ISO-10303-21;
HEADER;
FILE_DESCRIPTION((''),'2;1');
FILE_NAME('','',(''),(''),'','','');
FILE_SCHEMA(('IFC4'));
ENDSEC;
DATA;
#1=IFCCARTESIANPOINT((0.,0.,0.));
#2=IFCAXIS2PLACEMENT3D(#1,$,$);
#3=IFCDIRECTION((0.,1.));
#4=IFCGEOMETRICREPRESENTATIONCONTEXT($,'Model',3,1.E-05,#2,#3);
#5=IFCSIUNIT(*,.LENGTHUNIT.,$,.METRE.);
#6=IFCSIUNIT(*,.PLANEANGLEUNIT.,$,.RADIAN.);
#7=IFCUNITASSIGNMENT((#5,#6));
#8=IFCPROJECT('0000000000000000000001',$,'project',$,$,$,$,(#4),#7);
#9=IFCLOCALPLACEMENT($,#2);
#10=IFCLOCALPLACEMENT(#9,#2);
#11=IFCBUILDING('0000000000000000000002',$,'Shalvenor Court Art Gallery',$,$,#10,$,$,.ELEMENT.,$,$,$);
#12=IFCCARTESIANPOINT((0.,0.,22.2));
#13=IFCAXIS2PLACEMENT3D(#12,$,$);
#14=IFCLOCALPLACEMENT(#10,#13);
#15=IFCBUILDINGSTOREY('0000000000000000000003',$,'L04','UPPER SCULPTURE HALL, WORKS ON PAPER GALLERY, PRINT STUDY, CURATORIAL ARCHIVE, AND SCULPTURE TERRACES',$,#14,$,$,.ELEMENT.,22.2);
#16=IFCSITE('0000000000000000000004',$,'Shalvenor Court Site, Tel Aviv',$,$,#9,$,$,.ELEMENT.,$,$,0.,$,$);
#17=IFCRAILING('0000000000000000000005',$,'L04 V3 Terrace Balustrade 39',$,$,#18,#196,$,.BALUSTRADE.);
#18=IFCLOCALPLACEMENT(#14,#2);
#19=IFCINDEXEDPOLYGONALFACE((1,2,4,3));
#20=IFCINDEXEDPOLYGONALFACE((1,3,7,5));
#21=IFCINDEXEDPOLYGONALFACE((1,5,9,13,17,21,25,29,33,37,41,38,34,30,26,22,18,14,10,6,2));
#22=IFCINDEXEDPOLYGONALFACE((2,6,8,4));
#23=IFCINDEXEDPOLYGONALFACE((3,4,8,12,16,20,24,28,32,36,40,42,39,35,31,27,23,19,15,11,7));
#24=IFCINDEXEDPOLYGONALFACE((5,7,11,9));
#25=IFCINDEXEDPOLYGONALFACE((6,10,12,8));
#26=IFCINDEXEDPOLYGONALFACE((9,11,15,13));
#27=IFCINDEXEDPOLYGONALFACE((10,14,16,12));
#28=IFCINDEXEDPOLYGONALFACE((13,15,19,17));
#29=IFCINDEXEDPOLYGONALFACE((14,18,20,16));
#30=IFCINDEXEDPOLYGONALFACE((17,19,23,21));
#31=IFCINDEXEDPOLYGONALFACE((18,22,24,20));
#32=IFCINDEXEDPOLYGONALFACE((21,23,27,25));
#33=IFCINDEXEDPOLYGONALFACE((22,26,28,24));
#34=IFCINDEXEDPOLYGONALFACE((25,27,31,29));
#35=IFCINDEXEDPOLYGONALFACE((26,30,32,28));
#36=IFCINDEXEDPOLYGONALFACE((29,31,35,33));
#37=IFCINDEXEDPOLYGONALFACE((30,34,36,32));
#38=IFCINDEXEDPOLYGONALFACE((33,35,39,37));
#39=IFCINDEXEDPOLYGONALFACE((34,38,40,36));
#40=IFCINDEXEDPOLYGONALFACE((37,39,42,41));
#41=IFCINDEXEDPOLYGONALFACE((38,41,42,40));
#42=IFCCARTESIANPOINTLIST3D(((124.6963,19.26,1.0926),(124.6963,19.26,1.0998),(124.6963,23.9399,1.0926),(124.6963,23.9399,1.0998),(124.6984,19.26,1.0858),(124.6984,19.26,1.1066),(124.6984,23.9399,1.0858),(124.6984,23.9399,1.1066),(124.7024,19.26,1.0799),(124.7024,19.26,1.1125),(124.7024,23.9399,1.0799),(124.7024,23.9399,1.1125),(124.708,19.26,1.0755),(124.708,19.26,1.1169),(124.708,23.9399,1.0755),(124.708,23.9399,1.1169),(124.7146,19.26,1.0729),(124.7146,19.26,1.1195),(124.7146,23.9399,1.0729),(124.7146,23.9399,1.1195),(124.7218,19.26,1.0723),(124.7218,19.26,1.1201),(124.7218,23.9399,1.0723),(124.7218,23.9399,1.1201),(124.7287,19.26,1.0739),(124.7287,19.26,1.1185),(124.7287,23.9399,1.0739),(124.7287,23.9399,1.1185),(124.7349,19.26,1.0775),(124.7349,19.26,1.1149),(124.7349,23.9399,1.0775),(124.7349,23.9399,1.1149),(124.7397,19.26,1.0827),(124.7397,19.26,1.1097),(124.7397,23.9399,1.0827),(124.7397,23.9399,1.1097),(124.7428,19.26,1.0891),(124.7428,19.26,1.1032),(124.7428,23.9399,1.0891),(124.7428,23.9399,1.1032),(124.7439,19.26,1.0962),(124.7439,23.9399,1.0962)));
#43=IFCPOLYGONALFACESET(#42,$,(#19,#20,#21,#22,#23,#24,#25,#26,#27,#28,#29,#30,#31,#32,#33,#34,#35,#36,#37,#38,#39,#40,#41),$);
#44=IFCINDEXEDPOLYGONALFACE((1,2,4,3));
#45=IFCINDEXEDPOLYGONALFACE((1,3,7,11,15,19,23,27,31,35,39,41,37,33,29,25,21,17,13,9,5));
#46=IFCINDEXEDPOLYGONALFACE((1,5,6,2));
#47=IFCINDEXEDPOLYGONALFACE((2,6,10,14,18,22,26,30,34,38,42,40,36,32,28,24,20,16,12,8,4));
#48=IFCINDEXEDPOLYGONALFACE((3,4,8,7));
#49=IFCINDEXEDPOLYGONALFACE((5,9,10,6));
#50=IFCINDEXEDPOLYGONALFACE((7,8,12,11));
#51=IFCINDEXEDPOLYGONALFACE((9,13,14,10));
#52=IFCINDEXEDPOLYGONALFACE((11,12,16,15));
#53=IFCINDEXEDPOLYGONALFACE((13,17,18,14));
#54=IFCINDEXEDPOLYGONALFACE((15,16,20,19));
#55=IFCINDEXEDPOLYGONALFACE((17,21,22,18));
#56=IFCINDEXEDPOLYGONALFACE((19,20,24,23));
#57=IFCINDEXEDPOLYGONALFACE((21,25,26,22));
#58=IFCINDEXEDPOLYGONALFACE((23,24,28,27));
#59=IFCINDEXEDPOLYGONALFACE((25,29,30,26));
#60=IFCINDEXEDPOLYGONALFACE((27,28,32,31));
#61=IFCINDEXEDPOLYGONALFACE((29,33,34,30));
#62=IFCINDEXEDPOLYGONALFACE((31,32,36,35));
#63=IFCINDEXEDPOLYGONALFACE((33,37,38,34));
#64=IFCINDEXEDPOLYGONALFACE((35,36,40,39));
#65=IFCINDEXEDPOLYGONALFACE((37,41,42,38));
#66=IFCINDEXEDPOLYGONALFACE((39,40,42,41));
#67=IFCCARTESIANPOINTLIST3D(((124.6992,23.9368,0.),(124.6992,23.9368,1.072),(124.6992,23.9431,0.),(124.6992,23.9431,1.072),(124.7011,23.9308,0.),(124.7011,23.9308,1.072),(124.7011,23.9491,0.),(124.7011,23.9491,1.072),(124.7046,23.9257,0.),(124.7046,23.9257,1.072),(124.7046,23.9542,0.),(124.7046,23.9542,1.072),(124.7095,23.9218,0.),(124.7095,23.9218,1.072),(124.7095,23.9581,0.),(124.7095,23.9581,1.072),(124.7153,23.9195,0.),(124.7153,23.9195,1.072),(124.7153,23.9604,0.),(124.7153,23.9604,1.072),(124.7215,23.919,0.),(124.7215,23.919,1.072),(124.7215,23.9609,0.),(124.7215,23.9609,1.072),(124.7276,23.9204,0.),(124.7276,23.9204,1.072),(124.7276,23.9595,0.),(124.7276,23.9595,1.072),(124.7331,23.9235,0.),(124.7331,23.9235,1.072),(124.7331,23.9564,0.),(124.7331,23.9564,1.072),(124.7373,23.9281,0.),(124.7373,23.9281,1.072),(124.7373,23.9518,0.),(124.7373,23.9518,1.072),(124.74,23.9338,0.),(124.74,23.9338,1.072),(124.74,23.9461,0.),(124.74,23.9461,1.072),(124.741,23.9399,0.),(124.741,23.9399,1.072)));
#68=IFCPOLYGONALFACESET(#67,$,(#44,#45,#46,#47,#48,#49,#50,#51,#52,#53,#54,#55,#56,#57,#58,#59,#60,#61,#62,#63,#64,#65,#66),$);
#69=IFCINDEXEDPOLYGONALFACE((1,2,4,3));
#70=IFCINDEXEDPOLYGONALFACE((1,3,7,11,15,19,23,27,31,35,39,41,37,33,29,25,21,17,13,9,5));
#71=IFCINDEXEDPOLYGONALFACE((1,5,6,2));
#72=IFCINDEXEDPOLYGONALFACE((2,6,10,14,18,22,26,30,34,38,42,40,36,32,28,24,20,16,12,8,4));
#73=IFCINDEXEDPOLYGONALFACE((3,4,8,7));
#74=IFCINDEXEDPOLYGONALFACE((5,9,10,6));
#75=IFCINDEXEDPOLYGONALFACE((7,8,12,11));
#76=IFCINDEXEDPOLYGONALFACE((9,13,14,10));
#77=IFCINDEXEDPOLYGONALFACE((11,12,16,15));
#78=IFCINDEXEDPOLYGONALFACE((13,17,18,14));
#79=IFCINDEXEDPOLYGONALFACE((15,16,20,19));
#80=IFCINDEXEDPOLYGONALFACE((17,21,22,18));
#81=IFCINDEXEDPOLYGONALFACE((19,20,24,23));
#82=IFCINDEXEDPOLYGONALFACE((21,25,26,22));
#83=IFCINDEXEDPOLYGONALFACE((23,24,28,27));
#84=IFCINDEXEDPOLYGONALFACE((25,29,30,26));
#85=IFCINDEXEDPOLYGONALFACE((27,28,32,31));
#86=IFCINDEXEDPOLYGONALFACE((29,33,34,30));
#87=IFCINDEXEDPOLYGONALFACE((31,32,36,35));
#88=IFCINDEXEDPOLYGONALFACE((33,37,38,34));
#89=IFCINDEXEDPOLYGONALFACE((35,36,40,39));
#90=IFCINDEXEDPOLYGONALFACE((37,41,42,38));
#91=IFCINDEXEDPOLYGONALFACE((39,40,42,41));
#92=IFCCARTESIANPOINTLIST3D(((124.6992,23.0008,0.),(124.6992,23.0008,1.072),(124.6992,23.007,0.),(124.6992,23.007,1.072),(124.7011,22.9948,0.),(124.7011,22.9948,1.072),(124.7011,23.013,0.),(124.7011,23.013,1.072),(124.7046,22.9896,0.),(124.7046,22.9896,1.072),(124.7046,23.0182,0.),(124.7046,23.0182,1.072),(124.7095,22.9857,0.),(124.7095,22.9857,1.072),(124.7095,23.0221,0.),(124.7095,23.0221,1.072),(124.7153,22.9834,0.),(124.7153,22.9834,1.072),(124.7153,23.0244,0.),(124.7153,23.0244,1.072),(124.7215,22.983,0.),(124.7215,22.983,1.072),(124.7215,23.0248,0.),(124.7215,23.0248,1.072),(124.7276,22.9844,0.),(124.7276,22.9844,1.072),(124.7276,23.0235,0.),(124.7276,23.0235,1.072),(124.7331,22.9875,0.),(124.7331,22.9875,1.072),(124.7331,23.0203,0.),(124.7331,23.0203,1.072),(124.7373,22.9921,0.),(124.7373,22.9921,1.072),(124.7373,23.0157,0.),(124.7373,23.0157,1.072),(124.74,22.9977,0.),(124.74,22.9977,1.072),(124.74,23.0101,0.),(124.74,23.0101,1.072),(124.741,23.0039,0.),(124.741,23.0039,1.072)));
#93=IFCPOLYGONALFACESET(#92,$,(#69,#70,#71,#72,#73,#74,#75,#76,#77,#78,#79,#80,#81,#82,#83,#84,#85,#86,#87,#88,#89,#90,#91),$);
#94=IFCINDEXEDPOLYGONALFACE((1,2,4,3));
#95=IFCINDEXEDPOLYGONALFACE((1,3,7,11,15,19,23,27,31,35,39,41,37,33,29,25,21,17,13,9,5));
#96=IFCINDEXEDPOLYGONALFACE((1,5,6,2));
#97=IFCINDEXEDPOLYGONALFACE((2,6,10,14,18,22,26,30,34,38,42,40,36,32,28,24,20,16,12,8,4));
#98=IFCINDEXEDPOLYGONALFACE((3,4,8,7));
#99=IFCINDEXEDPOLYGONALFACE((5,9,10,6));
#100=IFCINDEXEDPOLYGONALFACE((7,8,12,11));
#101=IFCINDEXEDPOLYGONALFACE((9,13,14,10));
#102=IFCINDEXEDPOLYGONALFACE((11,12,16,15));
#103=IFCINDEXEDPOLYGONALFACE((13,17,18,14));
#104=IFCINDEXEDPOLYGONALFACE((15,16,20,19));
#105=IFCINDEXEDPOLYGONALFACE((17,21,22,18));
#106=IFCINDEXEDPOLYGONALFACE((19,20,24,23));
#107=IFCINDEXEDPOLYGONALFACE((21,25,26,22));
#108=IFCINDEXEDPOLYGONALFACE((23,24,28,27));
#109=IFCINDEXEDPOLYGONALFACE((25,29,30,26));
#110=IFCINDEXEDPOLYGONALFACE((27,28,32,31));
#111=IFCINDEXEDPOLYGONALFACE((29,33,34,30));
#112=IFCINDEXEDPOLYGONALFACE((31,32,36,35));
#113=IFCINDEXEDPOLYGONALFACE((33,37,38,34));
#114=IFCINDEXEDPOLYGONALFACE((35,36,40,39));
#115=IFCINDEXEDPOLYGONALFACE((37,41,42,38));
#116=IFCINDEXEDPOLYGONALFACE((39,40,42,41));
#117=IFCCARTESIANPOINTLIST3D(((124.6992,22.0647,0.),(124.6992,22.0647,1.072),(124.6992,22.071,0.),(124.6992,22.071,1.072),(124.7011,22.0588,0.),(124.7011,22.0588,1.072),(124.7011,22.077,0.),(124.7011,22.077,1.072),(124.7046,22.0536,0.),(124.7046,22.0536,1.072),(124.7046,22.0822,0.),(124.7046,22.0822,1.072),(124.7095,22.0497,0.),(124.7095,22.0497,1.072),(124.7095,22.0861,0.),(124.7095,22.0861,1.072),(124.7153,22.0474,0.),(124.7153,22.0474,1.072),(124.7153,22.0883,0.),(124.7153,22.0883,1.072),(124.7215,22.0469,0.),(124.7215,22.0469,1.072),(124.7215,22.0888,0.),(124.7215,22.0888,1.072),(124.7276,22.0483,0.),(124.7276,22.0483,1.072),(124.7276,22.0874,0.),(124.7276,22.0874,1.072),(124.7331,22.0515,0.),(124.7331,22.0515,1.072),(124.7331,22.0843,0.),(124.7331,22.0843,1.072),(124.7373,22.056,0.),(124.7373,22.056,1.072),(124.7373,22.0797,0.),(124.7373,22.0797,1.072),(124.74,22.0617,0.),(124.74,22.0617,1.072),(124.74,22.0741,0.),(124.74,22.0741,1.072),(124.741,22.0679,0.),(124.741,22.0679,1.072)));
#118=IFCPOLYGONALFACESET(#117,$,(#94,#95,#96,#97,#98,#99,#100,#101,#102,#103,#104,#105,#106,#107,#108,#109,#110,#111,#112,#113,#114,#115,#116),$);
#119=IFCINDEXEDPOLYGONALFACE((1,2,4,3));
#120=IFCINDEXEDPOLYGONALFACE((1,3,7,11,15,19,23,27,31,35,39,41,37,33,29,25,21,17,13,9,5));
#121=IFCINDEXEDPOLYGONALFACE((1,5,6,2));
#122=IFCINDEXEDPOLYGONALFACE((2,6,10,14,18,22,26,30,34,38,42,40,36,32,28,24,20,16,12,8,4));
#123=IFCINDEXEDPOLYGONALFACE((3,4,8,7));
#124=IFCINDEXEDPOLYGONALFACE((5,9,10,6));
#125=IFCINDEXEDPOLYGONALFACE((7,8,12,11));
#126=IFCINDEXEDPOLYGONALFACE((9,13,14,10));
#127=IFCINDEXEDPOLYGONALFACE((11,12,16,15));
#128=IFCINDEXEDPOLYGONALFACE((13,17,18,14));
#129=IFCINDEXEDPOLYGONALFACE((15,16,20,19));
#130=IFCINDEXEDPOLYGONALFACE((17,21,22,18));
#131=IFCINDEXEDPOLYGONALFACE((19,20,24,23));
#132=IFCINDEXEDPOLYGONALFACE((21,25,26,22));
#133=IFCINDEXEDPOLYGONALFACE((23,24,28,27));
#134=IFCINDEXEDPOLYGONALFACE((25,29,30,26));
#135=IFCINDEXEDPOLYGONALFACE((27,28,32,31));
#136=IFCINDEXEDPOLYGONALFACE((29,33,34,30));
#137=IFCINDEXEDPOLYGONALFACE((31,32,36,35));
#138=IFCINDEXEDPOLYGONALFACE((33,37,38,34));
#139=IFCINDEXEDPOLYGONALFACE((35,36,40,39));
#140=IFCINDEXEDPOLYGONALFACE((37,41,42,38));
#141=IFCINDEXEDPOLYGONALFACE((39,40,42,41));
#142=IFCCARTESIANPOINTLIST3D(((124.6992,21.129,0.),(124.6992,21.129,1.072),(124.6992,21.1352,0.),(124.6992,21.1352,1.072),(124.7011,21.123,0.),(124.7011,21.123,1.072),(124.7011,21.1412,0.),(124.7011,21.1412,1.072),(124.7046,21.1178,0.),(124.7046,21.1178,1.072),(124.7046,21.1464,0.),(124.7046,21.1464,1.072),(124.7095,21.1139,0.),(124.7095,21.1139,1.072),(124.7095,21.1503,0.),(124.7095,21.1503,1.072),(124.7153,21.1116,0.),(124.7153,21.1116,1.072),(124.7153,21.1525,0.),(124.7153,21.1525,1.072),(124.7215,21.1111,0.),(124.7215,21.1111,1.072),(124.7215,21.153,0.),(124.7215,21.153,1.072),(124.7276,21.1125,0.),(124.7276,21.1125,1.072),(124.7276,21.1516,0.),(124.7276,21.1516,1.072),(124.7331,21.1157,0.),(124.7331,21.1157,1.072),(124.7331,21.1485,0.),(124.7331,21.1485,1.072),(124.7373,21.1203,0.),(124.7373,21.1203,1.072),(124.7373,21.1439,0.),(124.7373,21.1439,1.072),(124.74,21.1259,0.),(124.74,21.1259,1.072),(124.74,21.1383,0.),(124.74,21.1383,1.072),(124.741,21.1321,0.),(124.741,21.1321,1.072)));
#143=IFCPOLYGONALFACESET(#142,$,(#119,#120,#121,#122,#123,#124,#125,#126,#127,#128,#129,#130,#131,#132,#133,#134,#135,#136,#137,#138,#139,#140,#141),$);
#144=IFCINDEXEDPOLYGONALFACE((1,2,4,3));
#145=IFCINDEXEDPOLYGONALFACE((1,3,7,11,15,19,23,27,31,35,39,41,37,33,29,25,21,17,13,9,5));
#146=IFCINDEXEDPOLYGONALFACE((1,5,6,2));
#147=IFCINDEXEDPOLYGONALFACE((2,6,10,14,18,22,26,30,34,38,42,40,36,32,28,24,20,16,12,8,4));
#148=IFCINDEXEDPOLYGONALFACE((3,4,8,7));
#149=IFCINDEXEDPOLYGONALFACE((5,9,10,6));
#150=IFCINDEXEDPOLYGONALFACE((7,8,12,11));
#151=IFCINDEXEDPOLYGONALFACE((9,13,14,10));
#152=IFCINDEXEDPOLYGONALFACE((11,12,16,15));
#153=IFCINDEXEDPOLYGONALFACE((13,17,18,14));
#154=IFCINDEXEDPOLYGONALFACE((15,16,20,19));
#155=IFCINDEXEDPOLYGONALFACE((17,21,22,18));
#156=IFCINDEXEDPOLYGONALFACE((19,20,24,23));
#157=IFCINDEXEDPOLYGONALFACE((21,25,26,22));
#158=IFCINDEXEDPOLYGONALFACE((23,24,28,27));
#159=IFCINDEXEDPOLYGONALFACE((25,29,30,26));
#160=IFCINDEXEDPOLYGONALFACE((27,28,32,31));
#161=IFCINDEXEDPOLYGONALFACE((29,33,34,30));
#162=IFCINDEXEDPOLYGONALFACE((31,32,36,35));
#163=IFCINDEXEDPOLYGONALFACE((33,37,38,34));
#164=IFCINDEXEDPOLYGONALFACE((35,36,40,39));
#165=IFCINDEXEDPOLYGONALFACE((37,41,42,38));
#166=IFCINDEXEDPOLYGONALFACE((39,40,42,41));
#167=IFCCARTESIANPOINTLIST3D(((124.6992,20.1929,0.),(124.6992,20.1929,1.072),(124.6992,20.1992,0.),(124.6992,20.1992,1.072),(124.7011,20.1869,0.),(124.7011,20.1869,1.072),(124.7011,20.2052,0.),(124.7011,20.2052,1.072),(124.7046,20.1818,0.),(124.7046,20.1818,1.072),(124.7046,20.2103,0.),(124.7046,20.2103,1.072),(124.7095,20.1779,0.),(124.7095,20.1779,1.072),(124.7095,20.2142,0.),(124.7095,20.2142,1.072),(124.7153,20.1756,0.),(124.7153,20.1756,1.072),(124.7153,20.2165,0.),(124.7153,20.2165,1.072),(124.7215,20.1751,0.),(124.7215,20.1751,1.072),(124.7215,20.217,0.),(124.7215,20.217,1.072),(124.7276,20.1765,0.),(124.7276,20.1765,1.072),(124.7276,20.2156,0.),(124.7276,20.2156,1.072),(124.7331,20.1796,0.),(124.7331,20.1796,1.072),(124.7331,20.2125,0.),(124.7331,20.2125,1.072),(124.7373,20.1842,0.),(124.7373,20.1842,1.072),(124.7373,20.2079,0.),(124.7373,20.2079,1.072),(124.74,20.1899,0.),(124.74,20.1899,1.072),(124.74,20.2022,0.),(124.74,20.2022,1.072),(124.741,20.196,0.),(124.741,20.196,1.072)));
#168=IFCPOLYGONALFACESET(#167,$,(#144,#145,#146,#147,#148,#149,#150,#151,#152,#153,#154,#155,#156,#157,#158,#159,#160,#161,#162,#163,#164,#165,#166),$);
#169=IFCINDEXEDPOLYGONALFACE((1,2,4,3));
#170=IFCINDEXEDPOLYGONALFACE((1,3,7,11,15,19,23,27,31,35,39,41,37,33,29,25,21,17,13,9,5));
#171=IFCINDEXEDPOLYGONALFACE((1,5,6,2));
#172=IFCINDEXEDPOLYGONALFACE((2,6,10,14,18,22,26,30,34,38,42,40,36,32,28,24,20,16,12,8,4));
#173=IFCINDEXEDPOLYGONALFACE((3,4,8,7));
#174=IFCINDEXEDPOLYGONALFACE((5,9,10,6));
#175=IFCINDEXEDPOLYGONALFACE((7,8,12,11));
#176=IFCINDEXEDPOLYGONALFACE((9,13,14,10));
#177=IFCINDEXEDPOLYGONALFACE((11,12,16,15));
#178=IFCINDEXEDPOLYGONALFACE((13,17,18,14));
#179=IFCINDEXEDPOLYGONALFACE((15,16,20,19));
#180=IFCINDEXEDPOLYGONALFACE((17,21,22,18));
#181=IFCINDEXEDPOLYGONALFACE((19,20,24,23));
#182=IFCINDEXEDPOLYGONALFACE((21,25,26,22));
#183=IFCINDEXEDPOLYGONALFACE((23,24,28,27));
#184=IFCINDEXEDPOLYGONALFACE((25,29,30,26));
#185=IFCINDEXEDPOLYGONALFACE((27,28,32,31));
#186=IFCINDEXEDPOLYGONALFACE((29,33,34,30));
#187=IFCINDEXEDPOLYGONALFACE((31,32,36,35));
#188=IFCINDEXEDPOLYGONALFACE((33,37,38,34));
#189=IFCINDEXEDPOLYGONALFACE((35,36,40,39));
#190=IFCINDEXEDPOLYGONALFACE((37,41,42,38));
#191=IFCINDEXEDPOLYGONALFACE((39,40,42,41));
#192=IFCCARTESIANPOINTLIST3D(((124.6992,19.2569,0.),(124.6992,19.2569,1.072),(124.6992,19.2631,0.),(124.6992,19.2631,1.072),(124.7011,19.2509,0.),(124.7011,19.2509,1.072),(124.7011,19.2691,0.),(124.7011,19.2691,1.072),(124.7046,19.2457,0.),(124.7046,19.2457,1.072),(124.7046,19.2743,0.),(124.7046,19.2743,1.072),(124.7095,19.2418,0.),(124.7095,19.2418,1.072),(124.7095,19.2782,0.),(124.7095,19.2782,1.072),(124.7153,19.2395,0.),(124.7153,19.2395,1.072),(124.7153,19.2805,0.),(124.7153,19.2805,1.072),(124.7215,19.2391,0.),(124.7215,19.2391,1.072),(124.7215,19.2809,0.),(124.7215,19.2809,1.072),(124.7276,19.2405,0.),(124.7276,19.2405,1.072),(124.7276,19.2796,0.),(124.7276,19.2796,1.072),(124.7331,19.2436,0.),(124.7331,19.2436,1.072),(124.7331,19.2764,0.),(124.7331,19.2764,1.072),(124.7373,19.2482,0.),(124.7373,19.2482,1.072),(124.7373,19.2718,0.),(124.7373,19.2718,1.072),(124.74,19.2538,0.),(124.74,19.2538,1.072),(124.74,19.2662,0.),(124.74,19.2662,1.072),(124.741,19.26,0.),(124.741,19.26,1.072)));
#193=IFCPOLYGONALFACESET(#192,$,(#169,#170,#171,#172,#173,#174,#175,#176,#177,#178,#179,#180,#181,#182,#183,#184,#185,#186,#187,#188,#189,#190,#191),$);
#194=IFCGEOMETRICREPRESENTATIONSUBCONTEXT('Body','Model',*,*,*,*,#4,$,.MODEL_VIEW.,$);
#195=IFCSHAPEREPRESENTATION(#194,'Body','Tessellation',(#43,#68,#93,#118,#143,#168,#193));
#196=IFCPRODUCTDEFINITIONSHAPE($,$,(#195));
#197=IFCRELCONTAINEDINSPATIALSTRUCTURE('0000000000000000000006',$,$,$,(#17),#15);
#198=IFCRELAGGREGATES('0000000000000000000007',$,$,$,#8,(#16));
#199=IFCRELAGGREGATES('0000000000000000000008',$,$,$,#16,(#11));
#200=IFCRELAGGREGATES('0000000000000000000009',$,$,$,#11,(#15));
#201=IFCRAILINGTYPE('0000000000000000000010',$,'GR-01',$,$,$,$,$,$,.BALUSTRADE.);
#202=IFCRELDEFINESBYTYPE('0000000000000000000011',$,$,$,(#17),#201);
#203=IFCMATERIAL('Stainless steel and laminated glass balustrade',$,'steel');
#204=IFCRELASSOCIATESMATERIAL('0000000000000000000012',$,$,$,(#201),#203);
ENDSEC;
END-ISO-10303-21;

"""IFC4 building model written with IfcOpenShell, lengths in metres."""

from ifc_helpers import new_model, si_unit, direction, frame, origin, origin_2d, place, context, subcontext, project, spatial, circle, extrude, material, type_object, element, save


model = new_model("IFC4")

# Units and contexts
model_context = context("Model", 3, precision=1e-05, world=origin(), true_north=direction((0.0, 1.0)))
body_context = subcontext(model_context, "Body", "Model", "MODEL_VIEW")
ifc_project = project(units=[si_unit("LENGTHUNIT", "METRE"), si_unit("PLANEANGLEUNIT", "RADIAN")], contexts=[model_context])

# Site, building, storey
site_placement = place(None, origin())
site = spatial("IfcSite", under=ifc_project, at=site_placement, Name="Shalvenor Court Site, Tel Aviv", CompositionType="ELEMENT", RefElevation=0.0)
building_placement = place(site_placement, origin())
building = spatial("IfcBuilding", under=site, at=building_placement, Name="Shalvenor Court Art Gallery", CompositionType="ELEMENT")
storey_placement = place(building_placement, frame((0.0, 0.0, 22.2)))
storey = spatial("IfcBuildingStorey", under=building, at=storey_placement, Name="L04", Description="UPPER SCULPTURE HALL, WORKS ON PAPER GALLERY, PRINT STUDY, CURATORIAL ARCHIVE, AND SCULPTURE TERRACES", CompositionType="ELEMENT", Elevation=22.2)

# Railing
ifc_material_1 = material(Name="Stainless steel and laminated glass balustrade", Category="steel")
railing_type_1 = type_object("IfcRailingType", Name="GR-01", PredefinedType="BALUSTRADE", material=ifc_material_1)
railing_1_placement = place(storey_placement, frame((124.72, 23.9399, 0.0)))
element("IfcRailing", 1, at=railing_1_placement, inside=storey, type_object=railing_type_1, Name="L04 V3 Terrace Balustrade 39", PredefinedType="BALUSTRADE", context=body_context, shape_type="SweptSolid", body=[
    extrude(circle(Radius=0.0239, at=origin_2d()), frame((0.0, 0.0, 1.0962), z_axis=(0.0, -1.0, 0.0), x_axis=(1.0, 0.0, 0.0)), (0.0, 0.0, 1.0), 4.6799),
    extrude(circle(Radius=0.021, at=origin_2d()), origin(), (0.0, 0.0, 1.0), 1.072),
    extrude(circle(Radius=0.021, at=origin_2d()), frame((0.0, -0.936, 0.0)), (0.0, 0.0, 1.0), 1.072),
    extrude(circle(Radius=0.021, at=origin_2d()), frame((0.0, -1.8721, 0.0)), (0.0, 0.0, 1.0), 1.072),
    extrude(circle(Radius=0.021, at=origin_2d()), frame((0.0, -2.8079, 0.0)), (0.0, 0.0, 1.0), 1.072),
    extrude(circle(Radius=0.021, at=origin_2d()), frame((0.0, -3.7439, 0.0)), (0.0, 0.0, 1.0), 1.072),
    extrude(circle(Radius=0.021, at=origin_2d()), frame((0.0, -4.6799, 0.0)), (0.0, 0.0, 1.0), 1.072),
])

save(model, "model.ifc")
